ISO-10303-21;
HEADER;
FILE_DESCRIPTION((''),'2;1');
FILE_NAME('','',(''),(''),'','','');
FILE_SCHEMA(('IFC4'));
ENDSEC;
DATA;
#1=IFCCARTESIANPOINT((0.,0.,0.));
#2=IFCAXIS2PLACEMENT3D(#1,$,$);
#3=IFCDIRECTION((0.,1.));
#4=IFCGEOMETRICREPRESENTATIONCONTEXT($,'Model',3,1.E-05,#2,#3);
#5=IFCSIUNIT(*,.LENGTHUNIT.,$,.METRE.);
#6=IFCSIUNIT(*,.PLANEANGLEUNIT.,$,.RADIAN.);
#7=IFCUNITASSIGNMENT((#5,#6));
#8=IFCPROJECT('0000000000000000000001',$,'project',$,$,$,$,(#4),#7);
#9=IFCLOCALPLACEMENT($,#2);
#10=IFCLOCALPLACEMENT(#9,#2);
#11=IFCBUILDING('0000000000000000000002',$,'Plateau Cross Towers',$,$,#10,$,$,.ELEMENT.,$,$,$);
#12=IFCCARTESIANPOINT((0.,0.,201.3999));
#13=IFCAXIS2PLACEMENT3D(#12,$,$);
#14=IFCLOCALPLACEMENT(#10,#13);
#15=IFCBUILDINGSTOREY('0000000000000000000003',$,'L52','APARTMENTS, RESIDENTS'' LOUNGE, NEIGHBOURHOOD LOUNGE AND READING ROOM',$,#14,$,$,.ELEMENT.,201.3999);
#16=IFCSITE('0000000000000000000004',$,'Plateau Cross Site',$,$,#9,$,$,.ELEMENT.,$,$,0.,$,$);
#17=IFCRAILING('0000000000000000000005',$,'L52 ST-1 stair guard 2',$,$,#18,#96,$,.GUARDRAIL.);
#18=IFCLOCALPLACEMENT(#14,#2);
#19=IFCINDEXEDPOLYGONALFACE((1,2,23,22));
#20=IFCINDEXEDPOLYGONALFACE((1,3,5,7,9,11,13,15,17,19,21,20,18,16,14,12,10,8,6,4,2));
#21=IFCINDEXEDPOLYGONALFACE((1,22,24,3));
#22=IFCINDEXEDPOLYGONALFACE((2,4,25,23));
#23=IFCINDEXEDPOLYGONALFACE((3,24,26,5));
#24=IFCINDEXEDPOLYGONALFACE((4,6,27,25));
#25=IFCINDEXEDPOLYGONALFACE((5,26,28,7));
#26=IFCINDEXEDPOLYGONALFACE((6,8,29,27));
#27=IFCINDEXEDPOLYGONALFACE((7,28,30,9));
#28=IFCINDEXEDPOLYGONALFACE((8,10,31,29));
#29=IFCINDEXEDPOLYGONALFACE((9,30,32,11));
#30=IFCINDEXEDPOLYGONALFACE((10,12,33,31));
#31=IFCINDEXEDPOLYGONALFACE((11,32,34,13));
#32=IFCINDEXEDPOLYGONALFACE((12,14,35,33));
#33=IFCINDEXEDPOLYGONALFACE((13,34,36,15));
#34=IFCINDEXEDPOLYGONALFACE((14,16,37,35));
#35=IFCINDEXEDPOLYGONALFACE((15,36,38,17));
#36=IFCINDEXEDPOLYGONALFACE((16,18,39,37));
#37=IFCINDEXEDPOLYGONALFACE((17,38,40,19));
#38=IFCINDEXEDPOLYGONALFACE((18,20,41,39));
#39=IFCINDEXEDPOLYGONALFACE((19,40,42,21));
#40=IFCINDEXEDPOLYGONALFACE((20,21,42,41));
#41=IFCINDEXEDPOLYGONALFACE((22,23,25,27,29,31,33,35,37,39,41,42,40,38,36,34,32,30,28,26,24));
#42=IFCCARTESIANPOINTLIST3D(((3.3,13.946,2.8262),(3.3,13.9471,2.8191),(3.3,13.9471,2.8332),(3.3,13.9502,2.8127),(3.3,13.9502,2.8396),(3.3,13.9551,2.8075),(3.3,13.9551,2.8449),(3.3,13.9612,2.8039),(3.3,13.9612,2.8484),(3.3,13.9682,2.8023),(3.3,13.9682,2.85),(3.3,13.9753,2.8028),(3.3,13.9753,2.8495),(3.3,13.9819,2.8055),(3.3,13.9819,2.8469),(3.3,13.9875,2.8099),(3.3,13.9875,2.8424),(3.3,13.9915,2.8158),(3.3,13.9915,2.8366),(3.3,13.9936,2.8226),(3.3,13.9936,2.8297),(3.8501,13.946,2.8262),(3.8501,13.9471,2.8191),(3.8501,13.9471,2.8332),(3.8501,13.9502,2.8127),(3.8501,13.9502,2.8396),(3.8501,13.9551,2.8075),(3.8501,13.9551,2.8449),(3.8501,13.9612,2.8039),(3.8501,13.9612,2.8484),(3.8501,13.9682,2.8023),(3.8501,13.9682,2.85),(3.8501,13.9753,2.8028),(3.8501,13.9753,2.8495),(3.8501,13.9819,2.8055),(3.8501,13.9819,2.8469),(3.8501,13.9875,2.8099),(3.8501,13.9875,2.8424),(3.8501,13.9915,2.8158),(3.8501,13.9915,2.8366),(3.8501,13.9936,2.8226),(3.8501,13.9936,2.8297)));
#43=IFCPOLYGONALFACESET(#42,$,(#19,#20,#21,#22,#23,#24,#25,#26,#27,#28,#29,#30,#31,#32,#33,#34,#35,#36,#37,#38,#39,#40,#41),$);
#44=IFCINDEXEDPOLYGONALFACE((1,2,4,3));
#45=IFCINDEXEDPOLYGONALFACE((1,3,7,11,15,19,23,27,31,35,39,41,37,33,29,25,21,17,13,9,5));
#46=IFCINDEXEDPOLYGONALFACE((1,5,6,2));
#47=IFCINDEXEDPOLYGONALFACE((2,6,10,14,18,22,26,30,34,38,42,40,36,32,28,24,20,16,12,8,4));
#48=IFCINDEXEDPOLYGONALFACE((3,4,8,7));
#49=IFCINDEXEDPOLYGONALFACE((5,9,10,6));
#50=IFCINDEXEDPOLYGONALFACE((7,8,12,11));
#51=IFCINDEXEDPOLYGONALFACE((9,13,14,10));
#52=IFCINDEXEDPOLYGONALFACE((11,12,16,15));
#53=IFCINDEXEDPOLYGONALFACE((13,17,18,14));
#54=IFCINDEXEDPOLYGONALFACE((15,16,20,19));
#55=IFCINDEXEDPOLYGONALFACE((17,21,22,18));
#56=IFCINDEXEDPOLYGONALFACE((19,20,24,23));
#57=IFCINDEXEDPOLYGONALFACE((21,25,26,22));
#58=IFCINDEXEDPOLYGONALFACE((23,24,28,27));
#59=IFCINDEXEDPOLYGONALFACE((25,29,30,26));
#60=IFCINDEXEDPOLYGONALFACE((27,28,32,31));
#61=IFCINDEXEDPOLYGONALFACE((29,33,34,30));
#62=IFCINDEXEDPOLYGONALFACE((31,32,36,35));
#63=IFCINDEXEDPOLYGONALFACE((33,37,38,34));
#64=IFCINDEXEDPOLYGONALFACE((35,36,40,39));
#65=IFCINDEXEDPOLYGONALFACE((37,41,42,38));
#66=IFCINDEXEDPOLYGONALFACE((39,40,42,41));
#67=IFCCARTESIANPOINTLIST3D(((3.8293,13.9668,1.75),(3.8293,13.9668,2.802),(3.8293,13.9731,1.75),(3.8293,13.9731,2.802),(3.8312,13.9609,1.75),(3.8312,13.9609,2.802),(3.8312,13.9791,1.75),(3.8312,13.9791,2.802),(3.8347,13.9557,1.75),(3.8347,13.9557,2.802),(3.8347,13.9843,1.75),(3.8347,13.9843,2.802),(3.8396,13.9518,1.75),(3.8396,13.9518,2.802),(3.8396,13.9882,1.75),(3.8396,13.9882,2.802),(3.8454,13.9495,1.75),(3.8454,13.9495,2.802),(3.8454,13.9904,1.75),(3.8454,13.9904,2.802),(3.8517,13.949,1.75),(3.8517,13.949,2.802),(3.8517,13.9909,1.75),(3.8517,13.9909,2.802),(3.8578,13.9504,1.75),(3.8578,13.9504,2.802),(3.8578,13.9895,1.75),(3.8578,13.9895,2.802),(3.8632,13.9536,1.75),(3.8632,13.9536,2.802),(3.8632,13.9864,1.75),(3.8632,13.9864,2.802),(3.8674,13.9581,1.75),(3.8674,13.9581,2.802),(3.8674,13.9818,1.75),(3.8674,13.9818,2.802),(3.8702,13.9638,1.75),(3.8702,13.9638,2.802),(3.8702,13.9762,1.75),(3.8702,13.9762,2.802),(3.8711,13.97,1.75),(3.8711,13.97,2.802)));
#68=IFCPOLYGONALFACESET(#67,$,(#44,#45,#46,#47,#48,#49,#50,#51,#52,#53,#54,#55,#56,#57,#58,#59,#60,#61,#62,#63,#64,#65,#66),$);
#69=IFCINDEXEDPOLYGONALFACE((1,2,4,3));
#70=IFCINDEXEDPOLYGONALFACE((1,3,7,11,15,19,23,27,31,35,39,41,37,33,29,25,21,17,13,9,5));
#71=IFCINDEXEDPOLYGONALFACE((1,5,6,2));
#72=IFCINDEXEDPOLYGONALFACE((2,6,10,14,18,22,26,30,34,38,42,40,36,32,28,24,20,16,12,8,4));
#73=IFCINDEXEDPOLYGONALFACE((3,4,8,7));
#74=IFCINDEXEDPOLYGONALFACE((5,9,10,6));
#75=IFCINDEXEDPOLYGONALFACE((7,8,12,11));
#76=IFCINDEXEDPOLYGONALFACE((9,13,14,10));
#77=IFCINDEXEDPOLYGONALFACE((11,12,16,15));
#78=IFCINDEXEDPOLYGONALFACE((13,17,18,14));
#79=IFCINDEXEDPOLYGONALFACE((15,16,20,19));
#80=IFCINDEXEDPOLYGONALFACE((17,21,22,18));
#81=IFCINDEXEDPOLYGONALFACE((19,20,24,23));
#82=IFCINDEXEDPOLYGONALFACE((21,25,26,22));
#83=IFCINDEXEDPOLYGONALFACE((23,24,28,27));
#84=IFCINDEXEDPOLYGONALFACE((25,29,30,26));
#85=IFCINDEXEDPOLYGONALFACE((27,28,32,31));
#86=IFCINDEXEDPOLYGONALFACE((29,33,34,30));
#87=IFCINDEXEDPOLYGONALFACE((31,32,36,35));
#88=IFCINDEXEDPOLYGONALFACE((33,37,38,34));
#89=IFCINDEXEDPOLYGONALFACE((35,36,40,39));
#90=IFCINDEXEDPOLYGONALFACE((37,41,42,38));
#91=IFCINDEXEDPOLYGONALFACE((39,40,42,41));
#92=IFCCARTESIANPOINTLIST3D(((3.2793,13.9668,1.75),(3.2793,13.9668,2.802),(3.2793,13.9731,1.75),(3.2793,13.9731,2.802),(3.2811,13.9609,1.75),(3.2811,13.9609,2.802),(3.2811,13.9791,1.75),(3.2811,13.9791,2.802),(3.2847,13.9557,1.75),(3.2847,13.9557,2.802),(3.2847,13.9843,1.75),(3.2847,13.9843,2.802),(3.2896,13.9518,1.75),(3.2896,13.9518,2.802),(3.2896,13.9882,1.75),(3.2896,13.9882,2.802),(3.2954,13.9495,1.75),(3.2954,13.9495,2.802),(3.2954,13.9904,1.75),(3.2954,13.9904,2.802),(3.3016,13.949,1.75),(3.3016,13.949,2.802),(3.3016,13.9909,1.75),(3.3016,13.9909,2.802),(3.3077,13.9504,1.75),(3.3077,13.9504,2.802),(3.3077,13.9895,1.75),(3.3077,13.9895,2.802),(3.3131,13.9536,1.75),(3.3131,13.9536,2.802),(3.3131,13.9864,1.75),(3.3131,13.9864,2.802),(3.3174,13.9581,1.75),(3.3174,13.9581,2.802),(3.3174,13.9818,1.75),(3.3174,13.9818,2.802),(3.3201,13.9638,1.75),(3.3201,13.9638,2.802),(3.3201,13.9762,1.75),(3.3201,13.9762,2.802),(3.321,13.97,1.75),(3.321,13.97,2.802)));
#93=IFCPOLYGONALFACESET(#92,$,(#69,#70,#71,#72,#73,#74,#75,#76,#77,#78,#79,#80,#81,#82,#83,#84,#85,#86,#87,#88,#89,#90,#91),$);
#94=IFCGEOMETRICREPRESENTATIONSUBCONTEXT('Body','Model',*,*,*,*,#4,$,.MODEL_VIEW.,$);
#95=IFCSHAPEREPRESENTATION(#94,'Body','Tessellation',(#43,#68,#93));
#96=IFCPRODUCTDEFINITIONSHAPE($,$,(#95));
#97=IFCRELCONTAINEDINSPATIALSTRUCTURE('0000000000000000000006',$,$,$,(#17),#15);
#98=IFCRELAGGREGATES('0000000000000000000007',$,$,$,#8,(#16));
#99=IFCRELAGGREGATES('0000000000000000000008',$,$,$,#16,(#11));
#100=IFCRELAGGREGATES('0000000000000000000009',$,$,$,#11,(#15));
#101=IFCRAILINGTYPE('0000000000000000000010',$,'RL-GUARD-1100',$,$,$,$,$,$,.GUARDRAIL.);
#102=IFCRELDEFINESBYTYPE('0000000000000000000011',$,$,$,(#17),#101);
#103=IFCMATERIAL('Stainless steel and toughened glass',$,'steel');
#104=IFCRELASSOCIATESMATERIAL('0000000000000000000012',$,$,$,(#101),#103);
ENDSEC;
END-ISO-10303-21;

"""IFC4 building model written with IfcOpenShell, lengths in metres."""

from ifc_helpers import new_model, si_unit, direction, frame, origin, origin_2d, place, context, subcontext, project, spatial, circle, extrude, material, type_object, element, save


model = new_model("IFC4")

# Units and contexts
model_context = context("Model", 3, precision=1e-05, world=origin(), true_north=direction((0.0, 1.0)))
body_context = subcontext(model_context, "Body", "Model", "MODEL_VIEW")
ifc_project = project(units=[si_unit("LENGTHUNIT", "METRE"), si_unit("PLANEANGLEUNIT", "RADIAN")], contexts=[model_context])

# Site, building, storey
site_placement = place(None, origin())
site = spatial("IfcSite", under=ifc_project, at=site_placement, Name="Plateau Cross Site", CompositionType="ELEMENT", RefElevation=0.0)
building_placement = place(site_placement, origin())
building = spatial("IfcBuilding", under=site, at=building_placement, Name="Plateau Cross Towers", CompositionType="ELEMENT")
storey_placement = place(building_placement, frame((0.0, 0.0, 201.3999)))
storey = spatial("IfcBuildingStorey", under=building, at=storey_placement, Name="L52", Description="APARTMENTS, RESIDENTS' LOUNGE, NEIGHBOURHOOD LOUNGE AND READING ROOM", CompositionType="ELEMENT", Elevation=201.3999)

# Railing
ifc_material_1 = material(Name="Stainless steel and toughened glass", Category="steel")
railing_type_1 = type_object("IfcRailingType", Name="RL-GUARD-1100", PredefinedType="GUARDRAIL", material=ifc_material_1)
railing_1_placement = place(storey_placement, frame((3.8501, 13.97, 1.75)))
element("IfcRailing", 1, at=railing_1_placement, inside=storey, type_object=railing_type_1, Name="L52 ST-1 stair guard 2", PredefinedType="GUARDRAIL", context=body_context, shape_type="SweptSolid", body=[
    extrude(circle(Radius=0.0239, at=origin_2d()), frame((0.0, 0.0, 1.0762), z_axis=(-1.0, 0.0, 0.0), x_axis=(0.0, -1.0, 0.0)), (0.0, 0.0, 1.0), 0.55),
    extrude(circle(Radius=0.021, at=origin_2d()), origin(), (0.0, 0.0, 1.0), 1.052),
    extrude(circle(Radius=0.021, at=origin_2d()), frame((-0.55, 0.0, 0.0)), (0.0, 0.0, 1.0), 1.052),
])

save(model, "model.ifc")
